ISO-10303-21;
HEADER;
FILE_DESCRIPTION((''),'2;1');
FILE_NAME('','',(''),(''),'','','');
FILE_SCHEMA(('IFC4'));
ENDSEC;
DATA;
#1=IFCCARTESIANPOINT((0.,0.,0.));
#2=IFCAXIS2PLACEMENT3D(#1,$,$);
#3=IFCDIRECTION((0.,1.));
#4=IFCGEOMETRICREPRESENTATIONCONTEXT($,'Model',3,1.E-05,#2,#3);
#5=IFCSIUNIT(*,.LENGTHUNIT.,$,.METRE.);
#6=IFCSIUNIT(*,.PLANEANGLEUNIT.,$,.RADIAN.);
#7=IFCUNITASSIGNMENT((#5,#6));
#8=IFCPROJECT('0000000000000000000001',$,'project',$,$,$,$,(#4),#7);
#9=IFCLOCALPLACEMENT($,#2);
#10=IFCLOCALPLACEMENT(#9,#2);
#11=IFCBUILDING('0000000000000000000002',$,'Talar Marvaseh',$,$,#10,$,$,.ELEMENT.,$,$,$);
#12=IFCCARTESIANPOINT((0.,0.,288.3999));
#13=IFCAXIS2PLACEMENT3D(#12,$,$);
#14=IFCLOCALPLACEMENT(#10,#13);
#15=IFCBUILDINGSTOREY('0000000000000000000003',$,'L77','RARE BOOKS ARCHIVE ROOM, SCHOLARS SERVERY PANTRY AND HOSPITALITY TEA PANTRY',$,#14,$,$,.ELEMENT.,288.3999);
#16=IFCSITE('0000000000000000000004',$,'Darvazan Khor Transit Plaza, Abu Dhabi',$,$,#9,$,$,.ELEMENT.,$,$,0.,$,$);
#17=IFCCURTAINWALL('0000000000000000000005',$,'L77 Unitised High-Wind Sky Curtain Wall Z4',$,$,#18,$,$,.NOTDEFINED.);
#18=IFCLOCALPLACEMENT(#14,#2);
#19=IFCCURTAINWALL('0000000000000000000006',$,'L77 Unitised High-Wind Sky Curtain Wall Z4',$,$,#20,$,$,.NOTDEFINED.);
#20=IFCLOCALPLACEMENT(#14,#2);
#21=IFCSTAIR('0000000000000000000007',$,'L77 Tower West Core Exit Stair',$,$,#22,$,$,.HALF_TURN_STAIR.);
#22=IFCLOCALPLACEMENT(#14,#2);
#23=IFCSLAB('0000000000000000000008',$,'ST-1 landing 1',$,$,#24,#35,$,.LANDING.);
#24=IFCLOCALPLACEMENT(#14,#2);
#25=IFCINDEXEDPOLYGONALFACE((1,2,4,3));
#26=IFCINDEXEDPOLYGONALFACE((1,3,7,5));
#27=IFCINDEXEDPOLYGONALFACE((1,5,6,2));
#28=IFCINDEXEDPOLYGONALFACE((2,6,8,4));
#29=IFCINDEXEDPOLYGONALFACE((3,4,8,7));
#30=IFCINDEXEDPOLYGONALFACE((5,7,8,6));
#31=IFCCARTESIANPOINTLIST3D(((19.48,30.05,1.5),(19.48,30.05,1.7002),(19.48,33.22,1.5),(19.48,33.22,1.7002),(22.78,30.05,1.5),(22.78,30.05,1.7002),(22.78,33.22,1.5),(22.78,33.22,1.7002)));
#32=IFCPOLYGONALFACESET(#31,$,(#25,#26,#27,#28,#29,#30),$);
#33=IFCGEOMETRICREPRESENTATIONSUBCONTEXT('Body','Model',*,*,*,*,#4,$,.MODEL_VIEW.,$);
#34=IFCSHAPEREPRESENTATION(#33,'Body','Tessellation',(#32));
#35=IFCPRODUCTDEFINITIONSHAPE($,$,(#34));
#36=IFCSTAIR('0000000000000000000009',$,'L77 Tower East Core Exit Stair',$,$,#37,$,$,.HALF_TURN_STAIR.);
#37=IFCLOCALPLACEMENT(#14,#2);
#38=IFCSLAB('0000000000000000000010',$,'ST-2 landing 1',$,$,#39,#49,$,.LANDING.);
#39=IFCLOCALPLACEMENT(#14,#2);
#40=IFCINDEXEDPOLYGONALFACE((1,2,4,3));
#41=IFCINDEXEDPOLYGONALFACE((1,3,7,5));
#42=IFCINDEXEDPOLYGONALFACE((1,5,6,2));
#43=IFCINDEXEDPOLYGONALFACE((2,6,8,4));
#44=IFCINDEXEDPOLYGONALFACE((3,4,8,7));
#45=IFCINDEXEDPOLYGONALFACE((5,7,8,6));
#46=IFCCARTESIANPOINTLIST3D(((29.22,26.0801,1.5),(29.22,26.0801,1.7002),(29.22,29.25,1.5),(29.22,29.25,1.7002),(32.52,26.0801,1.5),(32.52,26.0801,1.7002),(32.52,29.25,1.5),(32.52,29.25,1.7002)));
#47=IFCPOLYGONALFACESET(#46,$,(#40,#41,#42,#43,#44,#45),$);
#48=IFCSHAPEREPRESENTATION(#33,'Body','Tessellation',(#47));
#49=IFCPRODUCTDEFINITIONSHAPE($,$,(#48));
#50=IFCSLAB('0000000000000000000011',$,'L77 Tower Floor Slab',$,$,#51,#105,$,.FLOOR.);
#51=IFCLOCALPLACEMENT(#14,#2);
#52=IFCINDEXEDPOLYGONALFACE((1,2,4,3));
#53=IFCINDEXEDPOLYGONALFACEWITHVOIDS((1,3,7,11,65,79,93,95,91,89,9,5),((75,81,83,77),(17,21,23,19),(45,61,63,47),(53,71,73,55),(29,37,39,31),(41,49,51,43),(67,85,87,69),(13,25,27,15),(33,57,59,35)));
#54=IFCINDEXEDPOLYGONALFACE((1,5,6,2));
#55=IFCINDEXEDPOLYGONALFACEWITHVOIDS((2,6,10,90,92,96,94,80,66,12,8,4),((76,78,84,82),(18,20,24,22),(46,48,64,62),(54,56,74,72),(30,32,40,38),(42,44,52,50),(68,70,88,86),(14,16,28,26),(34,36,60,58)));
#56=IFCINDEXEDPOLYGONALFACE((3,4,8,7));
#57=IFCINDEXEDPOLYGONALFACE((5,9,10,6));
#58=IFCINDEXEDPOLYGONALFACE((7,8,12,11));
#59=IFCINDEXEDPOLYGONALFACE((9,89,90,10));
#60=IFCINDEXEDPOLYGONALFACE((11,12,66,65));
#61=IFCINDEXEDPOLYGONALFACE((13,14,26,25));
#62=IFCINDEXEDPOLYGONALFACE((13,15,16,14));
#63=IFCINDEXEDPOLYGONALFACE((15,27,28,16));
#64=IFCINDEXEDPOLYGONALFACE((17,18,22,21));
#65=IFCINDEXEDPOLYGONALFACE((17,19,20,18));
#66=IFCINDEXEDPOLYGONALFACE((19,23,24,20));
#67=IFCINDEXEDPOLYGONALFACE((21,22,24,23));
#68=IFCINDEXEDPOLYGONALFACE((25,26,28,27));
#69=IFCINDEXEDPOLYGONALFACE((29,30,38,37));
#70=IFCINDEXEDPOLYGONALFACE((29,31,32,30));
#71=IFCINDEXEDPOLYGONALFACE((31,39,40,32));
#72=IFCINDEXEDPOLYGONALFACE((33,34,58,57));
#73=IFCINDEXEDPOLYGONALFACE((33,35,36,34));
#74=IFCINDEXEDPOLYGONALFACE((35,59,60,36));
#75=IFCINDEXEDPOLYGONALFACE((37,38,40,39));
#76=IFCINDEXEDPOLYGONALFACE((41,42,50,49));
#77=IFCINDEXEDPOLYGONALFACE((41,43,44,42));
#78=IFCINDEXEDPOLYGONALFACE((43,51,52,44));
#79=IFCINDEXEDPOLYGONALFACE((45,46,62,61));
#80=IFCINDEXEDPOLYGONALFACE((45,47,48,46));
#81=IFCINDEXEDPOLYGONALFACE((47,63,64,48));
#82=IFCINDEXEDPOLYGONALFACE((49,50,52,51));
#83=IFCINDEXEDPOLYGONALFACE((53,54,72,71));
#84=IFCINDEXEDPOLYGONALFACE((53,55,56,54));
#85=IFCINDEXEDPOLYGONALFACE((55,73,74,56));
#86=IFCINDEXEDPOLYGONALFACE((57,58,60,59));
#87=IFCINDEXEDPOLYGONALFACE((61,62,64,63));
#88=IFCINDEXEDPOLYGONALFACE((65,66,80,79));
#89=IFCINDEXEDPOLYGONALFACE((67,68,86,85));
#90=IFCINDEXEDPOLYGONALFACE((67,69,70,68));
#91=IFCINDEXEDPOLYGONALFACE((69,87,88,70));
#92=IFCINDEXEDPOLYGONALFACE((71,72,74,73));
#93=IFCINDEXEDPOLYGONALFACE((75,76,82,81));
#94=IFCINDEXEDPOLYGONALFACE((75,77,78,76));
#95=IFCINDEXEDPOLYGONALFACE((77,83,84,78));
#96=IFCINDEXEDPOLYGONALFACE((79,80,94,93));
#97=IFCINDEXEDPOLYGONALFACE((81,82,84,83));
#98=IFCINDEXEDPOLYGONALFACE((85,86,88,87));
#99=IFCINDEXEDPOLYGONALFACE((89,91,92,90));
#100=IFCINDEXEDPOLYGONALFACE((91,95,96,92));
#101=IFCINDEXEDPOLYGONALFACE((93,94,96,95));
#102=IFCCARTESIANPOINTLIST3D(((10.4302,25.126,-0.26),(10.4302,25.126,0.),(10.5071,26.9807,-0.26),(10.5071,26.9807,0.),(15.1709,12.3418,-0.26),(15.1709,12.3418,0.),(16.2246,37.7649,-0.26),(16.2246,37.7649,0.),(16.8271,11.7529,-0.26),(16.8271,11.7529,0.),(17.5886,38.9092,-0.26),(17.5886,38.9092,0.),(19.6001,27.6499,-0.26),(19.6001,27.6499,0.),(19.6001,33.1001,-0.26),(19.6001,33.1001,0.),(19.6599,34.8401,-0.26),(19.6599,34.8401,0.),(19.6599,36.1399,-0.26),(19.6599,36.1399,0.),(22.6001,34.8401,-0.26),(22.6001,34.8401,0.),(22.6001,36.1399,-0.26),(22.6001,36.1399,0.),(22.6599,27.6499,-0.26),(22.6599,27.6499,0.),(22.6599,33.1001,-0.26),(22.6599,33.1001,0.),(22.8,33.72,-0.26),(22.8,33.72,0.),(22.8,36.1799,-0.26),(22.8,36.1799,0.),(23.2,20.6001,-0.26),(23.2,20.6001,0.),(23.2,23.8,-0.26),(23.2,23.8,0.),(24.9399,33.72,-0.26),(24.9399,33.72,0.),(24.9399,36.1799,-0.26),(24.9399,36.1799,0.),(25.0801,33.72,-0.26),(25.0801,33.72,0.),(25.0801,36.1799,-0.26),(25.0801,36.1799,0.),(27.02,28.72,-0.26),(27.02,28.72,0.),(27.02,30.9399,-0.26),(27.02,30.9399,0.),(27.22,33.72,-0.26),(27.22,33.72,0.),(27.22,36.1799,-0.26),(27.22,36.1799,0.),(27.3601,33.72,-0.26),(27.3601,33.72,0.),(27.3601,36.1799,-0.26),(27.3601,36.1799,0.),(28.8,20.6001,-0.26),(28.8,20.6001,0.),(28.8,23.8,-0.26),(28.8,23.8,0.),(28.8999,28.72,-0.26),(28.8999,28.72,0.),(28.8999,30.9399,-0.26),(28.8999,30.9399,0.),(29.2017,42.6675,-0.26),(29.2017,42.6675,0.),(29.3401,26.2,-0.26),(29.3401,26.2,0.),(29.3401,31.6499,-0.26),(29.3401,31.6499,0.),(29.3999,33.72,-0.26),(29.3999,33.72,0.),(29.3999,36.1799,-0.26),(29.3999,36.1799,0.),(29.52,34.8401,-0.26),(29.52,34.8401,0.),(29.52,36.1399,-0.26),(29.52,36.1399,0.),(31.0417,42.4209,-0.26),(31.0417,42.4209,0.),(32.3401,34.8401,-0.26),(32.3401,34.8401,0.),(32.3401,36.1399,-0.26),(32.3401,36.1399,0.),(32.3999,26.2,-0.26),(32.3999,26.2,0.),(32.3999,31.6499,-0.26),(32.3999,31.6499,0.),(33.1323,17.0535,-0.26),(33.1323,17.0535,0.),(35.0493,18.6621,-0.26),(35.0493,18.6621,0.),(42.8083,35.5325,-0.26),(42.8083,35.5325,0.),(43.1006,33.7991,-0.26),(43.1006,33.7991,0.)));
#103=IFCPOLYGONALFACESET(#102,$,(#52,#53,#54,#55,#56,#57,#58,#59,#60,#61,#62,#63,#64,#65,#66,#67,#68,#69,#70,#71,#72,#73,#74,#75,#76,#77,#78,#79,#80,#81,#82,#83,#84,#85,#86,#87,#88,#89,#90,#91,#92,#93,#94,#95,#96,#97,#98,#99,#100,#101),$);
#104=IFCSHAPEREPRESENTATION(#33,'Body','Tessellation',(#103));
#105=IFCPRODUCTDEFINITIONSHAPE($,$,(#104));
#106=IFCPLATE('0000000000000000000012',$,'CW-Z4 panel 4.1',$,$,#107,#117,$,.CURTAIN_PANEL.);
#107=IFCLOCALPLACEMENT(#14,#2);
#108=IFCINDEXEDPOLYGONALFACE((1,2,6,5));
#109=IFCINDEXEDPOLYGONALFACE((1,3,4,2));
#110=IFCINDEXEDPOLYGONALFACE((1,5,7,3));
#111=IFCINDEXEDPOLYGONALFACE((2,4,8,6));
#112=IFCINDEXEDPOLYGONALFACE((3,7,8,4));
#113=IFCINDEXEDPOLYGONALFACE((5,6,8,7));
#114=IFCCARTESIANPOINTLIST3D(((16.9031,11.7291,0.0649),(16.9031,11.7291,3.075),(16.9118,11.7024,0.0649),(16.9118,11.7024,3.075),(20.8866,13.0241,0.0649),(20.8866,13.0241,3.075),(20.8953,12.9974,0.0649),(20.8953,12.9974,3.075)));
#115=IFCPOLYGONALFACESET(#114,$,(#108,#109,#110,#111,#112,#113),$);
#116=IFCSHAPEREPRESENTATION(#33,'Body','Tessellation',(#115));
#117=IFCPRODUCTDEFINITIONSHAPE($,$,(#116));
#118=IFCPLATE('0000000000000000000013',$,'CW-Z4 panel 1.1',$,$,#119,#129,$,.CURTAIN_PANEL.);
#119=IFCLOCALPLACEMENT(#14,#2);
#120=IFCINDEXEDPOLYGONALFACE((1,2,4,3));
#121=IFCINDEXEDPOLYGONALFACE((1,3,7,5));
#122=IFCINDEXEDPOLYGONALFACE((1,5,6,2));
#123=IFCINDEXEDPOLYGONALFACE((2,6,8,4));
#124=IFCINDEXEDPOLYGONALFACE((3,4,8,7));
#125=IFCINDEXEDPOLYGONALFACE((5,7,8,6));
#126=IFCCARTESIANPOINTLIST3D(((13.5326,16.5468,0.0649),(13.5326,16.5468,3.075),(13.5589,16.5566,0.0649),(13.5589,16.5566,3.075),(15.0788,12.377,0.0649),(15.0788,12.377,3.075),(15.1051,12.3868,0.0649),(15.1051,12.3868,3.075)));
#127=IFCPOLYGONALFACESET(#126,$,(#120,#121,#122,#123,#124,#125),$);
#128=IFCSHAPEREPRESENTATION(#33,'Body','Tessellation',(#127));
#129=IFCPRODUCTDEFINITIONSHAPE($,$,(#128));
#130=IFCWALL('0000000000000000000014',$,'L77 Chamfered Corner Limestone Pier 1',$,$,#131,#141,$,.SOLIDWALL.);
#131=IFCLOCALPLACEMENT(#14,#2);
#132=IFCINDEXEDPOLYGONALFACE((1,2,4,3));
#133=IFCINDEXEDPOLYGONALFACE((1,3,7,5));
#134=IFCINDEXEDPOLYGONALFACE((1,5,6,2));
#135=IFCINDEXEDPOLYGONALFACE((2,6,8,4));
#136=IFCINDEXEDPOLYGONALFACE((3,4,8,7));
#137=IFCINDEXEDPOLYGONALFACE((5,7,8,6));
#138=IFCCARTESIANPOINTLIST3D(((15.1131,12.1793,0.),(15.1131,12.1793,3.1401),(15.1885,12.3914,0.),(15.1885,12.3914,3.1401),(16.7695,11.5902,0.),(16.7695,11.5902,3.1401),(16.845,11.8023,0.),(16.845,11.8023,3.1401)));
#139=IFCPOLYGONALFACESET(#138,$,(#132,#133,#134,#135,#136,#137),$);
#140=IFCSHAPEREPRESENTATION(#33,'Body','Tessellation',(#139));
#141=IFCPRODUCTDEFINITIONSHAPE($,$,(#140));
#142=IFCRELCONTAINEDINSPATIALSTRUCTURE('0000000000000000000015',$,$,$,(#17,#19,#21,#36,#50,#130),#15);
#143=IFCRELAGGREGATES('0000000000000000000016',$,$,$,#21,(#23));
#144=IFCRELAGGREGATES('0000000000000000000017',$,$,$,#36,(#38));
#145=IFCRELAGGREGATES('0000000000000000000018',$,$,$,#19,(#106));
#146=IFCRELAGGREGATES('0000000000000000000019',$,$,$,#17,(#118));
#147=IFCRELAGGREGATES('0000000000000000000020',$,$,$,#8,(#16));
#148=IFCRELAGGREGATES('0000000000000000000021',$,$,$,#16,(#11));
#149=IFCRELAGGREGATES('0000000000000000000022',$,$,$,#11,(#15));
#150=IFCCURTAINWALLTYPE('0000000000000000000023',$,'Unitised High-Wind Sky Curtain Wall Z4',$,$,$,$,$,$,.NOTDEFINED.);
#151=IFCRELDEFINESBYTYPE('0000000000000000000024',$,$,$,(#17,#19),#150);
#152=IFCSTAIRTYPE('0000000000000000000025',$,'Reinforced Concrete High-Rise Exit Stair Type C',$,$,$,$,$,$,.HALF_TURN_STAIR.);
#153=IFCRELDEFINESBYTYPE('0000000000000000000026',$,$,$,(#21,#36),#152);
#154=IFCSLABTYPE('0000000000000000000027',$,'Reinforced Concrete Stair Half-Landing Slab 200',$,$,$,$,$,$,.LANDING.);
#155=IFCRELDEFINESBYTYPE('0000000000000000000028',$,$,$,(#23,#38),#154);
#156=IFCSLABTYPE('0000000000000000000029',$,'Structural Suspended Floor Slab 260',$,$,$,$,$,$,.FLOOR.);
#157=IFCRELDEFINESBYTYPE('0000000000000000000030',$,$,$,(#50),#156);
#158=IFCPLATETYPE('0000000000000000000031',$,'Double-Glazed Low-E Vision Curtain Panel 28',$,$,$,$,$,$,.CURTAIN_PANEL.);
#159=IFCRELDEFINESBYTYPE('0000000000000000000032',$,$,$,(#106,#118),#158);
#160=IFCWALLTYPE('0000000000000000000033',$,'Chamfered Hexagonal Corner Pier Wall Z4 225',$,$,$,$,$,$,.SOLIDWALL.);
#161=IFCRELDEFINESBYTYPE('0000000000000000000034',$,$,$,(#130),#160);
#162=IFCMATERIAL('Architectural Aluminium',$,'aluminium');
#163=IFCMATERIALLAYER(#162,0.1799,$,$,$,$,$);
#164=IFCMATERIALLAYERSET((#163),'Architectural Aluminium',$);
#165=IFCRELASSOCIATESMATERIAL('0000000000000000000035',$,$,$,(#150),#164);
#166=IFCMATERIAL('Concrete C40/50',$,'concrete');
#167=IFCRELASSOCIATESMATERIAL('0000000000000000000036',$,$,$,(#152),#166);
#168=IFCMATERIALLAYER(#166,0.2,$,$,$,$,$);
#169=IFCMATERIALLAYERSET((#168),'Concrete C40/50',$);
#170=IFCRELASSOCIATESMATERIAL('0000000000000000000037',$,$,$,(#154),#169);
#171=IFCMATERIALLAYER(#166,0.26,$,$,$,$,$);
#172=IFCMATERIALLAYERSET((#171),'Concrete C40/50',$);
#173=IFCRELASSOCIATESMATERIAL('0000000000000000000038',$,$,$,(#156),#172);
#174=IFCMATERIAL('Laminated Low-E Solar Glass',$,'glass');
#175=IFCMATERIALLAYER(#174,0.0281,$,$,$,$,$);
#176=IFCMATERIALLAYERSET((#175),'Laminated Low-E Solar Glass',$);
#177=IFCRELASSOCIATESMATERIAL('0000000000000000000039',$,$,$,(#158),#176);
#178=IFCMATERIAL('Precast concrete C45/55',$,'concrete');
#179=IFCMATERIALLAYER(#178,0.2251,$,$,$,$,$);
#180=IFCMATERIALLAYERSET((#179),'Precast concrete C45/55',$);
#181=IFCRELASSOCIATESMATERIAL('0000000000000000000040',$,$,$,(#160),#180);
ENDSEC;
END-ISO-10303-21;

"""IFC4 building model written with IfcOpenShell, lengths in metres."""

from ifc_helpers import new_model, si_unit, direction, frame, frame_2d, origin, origin_2d, place, context, subcontext, project, spatial, polyline, rectangle, outline, extrude, source, transform, mapped, material, layer, layer_set, type_object, type_shapes, element, aggregate, save


model = new_model("IFC4")

# Units and contexts
model_context = context("Model", 3, precision=1e-05, world=origin(), true_north=direction((0.0, 1.0)))
body_context = subcontext(model_context, "Body", "Model", "MODEL_VIEW")
ifc_project = project(units=[si_unit("LENGTHUNIT", "METRE"), si_unit("PLANEANGLEUNIT", "RADIAN")], contexts=[model_context])

# Site, building, storey
site_placement = place(None, origin())
site = spatial("IfcSite", under=ifc_project, at=site_placement, Name="Darvazan Khor Transit Plaza, Abu Dhabi", CompositionType="ELEMENT", RefElevation=0.0)
building_placement = place(site_placement, origin())
building = spatial("IfcBuilding", under=site, at=building_placement, Name="Talar Marvaseh", CompositionType="ELEMENT")
storey_placement = place(building_placement, frame((0.0, 0.0, 288.3999)))
storey = spatial("IfcBuildingStorey", under=building, at=storey_placement, Name="L77", Description="RARE BOOKS ARCHIVE ROOM, SCHOLARS SERVERY PANTRY AND HOSPITALITY TEA PANTRY", CompositionType="ELEMENT", Elevation=288.3999)

# Curtain walls
ifc_material_1 = material(Name="Architectural Aluminium", Category="aluminium")
ifc_layer_1 = layer(ifc_material_1, 0.1799)
ifc_layer_set_1 = layer_set([ifc_layer_1], Name="Architectural Aluminium")
curtain_wall_type = type_object("IfcCurtainWallType", Name="Unitised High-Wind Sky Curtain Wall Z4", PredefinedType="NOTDEFINED", material=ifc_layer_set_1)
curtain_wall_1_placement = place(storey_placement, origin())
curtain_wall_1 = element("IfcCurtainWall", 1, at=curtain_wall_1_placement, inside=storey, type_object=curtain_wall_type, Name="L77 Unitised High-Wind Sky Curtain Wall Z4", PredefinedType="NOTDEFINED")
curtain_wall_2_placement = place(storey_placement, origin())
curtain_wall_2 = element("IfcCurtainWall", 2, at=curtain_wall_2_placement, inside=storey, type_object=curtain_wall_type, Name="L77 Unitised High-Wind Sky Curtain Wall Z4", PredefinedType="NOTDEFINED")

# Stairs, slabs
ifc_material_2 = material(Name="Concrete C40/50", Category="concrete")
stair_type = type_object("IfcStairType", Name="Reinforced Concrete High-Rise Exit Stair Type C", PredefinedType="HALF_TURN_STAIR", material=ifc_material_2)
stair_1_placement = place(storey_placement, origin())
stair_1 = element("IfcStair", 3, at=stair_1_placement, inside=storey, type_object=stair_type, Name="L77 Tower West Core Exit Stair", PredefinedType="HALF_TURN_STAIR")
ifc_layer_2 = layer(ifc_material_2, 0.2)
ifc_layer_set_2 = layer_set([ifc_layer_2], Name="Concrete C40/50")
slab_type_1 = type_object("IfcSlabType", Name="Reinforced Concrete Stair Half-Landing Slab 200", PredefinedType="LANDING", material=ifc_layer_set_2)
slab_1_placement = place(storey_placement, frame((0.0, 0.0, 1.5)))
slab_1 = element("IfcSlab", 4, at=slab_1_placement, type_object=slab_type_1, Name="ST-1 landing 1", PredefinedType="LANDING", context=body_context, shape_type="SweptSolid", body=[
    extrude(outline(polyline([(22.78, 30.05), (22.78, 33.22), (19.48, 33.22), (19.48, 30.05), (22.78, 30.05)])), origin(), (0.0, 0.0, 1.0), 0.2002),
])
aggregate(stair_1, [slab_1])
stair_2_placement = place(storey_placement, origin())
stair_2 = element("IfcStair", 5, at=stair_2_placement, inside=storey, type_object=stair_type, Name="L77 Tower East Core Exit Stair", PredefinedType="HALF_TURN_STAIR")
slab_2_placement = place(storey_placement, frame((0.0, 0.0, 1.5)))
slab_2 = element("IfcSlab", 6, at=slab_2_placement, type_object=slab_type_1, Name="ST-2 landing 1", PredefinedType="LANDING", context=body_context, shape_type="SweptSolid", body=[
    extrude(outline(polyline([(29.22, 29.25), (29.22, 26.0801), (32.52, 26.0801), (32.52, 29.25), (29.22, 29.25)])), origin(), (0.0, 0.0, 1.0), 0.2002),
])
aggregate(stair_2, [slab_2])

# Slab
ifc_layer_3 = layer(ifc_material_2, 0.26)
ifc_layer_set_3 = layer_set([ifc_layer_3], Name="Concrete C40/50")
slab_type_2 = type_object("IfcSlabType", Name="Structural Suspended Floor Slab 260", PredefinedType="FLOOR", material=ifc_layer_set_3)
slab_3_placement = place(storey_placement, frame((0.0, 0.0, -0.26)))
element("IfcSlab", 7, at=slab_3_placement, inside=storey, type_object=slab_type_2, Name="L77 Tower Floor Slab", PredefinedType="FLOOR", context=body_context, shape_type="SweptSolid", body=[
    extrude(outline(polyline([(16.8271, 11.7529), (15.1709, 12.3418), (10.4302, 25.126), (10.5071, 26.9807), (16.2246, 37.7649), (17.5886, 38.9092), (29.2017, 42.6675), (31.0417, 42.4209), (42.8083, 35.5325), (43.1006, 33.7991), (35.0493, 18.6621), (33.1323, 17.0535), (16.8271, 11.7529)]), holes=[polyline([(22.6599, 27.6499), (22.6599, 33.1001), (19.6001, 33.1001), (19.6001, 27.6499), (22.6599, 27.6499)]), polyline([(29.3401, 31.6499), (29.3401, 26.2), (32.3999, 26.2), (32.3999, 31.6499), (29.3401, 31.6499)]), polyline([(22.8, 33.72), (24.9399, 33.72), (24.9399, 36.1799), (22.8, 36.1799), (22.8, 33.72)]), polyline([(25.0801, 33.72), (27.22, 33.72), (27.22, 36.1799), (25.0801, 36.1799), (25.0801, 33.72)]), polyline([(27.3601, 33.72), (29.3999, 33.72), (29.3999, 36.1799), (27.3601, 36.1799), (27.3601, 33.72)]), polyline([(27.02, 28.72), (28.8999, 28.72), (28.8999, 30.9399), (27.02, 30.9399), (27.02, 28.72)]), polyline([(19.6599, 34.8401), (22.6001, 34.8401), (22.6001, 36.1399), (19.6599, 36.1399), (19.6599, 34.8401)]), polyline([(29.52, 34.8401), (32.3401, 34.8401), (32.3401, 36.1399), (29.52, 36.1399), (29.52, 34.8401)]), polyline([(23.2, 20.6001), (28.8, 20.6001), (28.8, 23.8), (23.2, 23.8), (23.2, 20.6001)])]), origin(), (0.0, 0.0, 1.0), 0.26),
])

# Plates
ifc_material_3 = material(Name="Laminated Low-E Solar Glass", Category="glass")
ifc_layer_4 = layer(ifc_material_3, 0.0281)
ifc_layer_set_4 = layer_set([ifc_layer_4], Name="Laminated Low-E Solar Glass")
plate_type = type_object("IfcPlateType", Name="Double-Glazed Low-E Vision Curtain Panel 28", PredefinedType="CURTAIN_PANEL", material=ifc_layer_set_4)
shared_shape_1 = source(origin(), body_context, "Body", "SweptSolid", [
    extrude(rectangle(XDim=4.1887, YDim=0.0281, at=origin_2d()), origin(), (0.0, 0.0, 1.0), 3.01),
])
plate_1_placement = place(storey_placement, frame((18.8992, 12.3633, 0.0649), z_axis=(0.0, 0.0, 1.0), x_axis=(-0.951009, -0.309162, 0.0)))
plate_1 = element("IfcPlate", 8, at=plate_1_placement, type_object=plate_type, Name="CW-Z4 panel 4.1", PredefinedType="CURTAIN_PANEL", context=body_context, shape_type="MappedRepresentation", body=[
    mapped(shared_shape_1, transform((0.0, 0.0, 0.0), x_axis=(1.0, 0.0, 0.0), y_axis=(0.0, 1.0, 0.0), z_axis=(0.0, 0.0, 1.0), scale=1.0)),
])
aggregate(curtain_wall_2, [plate_1])
shared_shape_2 = source(origin(), body_context, "Body", "SweptSolid", [
    extrude(rectangle(XDim=4.4473, YDim=0.0281, at=origin_2d()), origin(), (0.0, 0.0, 1.0), 3.01),
])
type_shapes(plate_type, [shared_shape_1, shared_shape_2])
plate_2_placement = place(storey_placement, frame((14.3188, 14.4668, 0.0649), z_axis=(0.0, 0.0, 1.0), x_axis=(-0.347687, 0.93761, 0.0)))
plate_2 = element("IfcPlate", 9, at=plate_2_placement, type_object=plate_type, Name="CW-Z4 panel 1.1", PredefinedType="CURTAIN_PANEL", context=body_context, shape_type="MappedRepresentation", body=[
    mapped(shared_shape_2, transform((0.0, 0.0, 0.0), x_axis=(1.0, 0.0, 0.0), y_axis=(0.0, 1.0, 0.0), z_axis=(0.0, 0.0, 1.0), scale=1.0)),
])
aggregate(curtain_wall_1, [plate_2])

# Wall
ifc_material_4 = material(Name="Precast concrete C45/55", Category="concrete")
ifc_layer_5 = layer(ifc_material_4, 0.2251)
ifc_layer_set_5 = layer_set([ifc_layer_5], Name="Precast concrete C45/55")
wall_type = type_object("IfcWallType", Name="Chamfered Hexagonal Corner Pier Wall Z4 225", PredefinedType="SOLIDWALL", material=ifc_layer_set_5)
wall_placement = place(storey_placement, frame((16.8071, 11.6963, 0.0), z_axis=(0.0, 0.0, 1.0), x_axis=(-0.94219, 0.335078, 0.0)))
element("IfcWall", 10, at=wall_placement, inside=storey, type_object=wall_type, Name="L77 Chamfered Corner Limestone Pier 1", PredefinedType="SOLIDWALL", context=body_context, shape_type="SweptSolid", body=[
    extrude(rectangle(XDim=1.7581, YDim=0.2251, at=frame_2d((0.8789, 0.0))), origin(), (0.0, 0.0, 1.0), 3.1401),
])

save(model, "model.ifc")
